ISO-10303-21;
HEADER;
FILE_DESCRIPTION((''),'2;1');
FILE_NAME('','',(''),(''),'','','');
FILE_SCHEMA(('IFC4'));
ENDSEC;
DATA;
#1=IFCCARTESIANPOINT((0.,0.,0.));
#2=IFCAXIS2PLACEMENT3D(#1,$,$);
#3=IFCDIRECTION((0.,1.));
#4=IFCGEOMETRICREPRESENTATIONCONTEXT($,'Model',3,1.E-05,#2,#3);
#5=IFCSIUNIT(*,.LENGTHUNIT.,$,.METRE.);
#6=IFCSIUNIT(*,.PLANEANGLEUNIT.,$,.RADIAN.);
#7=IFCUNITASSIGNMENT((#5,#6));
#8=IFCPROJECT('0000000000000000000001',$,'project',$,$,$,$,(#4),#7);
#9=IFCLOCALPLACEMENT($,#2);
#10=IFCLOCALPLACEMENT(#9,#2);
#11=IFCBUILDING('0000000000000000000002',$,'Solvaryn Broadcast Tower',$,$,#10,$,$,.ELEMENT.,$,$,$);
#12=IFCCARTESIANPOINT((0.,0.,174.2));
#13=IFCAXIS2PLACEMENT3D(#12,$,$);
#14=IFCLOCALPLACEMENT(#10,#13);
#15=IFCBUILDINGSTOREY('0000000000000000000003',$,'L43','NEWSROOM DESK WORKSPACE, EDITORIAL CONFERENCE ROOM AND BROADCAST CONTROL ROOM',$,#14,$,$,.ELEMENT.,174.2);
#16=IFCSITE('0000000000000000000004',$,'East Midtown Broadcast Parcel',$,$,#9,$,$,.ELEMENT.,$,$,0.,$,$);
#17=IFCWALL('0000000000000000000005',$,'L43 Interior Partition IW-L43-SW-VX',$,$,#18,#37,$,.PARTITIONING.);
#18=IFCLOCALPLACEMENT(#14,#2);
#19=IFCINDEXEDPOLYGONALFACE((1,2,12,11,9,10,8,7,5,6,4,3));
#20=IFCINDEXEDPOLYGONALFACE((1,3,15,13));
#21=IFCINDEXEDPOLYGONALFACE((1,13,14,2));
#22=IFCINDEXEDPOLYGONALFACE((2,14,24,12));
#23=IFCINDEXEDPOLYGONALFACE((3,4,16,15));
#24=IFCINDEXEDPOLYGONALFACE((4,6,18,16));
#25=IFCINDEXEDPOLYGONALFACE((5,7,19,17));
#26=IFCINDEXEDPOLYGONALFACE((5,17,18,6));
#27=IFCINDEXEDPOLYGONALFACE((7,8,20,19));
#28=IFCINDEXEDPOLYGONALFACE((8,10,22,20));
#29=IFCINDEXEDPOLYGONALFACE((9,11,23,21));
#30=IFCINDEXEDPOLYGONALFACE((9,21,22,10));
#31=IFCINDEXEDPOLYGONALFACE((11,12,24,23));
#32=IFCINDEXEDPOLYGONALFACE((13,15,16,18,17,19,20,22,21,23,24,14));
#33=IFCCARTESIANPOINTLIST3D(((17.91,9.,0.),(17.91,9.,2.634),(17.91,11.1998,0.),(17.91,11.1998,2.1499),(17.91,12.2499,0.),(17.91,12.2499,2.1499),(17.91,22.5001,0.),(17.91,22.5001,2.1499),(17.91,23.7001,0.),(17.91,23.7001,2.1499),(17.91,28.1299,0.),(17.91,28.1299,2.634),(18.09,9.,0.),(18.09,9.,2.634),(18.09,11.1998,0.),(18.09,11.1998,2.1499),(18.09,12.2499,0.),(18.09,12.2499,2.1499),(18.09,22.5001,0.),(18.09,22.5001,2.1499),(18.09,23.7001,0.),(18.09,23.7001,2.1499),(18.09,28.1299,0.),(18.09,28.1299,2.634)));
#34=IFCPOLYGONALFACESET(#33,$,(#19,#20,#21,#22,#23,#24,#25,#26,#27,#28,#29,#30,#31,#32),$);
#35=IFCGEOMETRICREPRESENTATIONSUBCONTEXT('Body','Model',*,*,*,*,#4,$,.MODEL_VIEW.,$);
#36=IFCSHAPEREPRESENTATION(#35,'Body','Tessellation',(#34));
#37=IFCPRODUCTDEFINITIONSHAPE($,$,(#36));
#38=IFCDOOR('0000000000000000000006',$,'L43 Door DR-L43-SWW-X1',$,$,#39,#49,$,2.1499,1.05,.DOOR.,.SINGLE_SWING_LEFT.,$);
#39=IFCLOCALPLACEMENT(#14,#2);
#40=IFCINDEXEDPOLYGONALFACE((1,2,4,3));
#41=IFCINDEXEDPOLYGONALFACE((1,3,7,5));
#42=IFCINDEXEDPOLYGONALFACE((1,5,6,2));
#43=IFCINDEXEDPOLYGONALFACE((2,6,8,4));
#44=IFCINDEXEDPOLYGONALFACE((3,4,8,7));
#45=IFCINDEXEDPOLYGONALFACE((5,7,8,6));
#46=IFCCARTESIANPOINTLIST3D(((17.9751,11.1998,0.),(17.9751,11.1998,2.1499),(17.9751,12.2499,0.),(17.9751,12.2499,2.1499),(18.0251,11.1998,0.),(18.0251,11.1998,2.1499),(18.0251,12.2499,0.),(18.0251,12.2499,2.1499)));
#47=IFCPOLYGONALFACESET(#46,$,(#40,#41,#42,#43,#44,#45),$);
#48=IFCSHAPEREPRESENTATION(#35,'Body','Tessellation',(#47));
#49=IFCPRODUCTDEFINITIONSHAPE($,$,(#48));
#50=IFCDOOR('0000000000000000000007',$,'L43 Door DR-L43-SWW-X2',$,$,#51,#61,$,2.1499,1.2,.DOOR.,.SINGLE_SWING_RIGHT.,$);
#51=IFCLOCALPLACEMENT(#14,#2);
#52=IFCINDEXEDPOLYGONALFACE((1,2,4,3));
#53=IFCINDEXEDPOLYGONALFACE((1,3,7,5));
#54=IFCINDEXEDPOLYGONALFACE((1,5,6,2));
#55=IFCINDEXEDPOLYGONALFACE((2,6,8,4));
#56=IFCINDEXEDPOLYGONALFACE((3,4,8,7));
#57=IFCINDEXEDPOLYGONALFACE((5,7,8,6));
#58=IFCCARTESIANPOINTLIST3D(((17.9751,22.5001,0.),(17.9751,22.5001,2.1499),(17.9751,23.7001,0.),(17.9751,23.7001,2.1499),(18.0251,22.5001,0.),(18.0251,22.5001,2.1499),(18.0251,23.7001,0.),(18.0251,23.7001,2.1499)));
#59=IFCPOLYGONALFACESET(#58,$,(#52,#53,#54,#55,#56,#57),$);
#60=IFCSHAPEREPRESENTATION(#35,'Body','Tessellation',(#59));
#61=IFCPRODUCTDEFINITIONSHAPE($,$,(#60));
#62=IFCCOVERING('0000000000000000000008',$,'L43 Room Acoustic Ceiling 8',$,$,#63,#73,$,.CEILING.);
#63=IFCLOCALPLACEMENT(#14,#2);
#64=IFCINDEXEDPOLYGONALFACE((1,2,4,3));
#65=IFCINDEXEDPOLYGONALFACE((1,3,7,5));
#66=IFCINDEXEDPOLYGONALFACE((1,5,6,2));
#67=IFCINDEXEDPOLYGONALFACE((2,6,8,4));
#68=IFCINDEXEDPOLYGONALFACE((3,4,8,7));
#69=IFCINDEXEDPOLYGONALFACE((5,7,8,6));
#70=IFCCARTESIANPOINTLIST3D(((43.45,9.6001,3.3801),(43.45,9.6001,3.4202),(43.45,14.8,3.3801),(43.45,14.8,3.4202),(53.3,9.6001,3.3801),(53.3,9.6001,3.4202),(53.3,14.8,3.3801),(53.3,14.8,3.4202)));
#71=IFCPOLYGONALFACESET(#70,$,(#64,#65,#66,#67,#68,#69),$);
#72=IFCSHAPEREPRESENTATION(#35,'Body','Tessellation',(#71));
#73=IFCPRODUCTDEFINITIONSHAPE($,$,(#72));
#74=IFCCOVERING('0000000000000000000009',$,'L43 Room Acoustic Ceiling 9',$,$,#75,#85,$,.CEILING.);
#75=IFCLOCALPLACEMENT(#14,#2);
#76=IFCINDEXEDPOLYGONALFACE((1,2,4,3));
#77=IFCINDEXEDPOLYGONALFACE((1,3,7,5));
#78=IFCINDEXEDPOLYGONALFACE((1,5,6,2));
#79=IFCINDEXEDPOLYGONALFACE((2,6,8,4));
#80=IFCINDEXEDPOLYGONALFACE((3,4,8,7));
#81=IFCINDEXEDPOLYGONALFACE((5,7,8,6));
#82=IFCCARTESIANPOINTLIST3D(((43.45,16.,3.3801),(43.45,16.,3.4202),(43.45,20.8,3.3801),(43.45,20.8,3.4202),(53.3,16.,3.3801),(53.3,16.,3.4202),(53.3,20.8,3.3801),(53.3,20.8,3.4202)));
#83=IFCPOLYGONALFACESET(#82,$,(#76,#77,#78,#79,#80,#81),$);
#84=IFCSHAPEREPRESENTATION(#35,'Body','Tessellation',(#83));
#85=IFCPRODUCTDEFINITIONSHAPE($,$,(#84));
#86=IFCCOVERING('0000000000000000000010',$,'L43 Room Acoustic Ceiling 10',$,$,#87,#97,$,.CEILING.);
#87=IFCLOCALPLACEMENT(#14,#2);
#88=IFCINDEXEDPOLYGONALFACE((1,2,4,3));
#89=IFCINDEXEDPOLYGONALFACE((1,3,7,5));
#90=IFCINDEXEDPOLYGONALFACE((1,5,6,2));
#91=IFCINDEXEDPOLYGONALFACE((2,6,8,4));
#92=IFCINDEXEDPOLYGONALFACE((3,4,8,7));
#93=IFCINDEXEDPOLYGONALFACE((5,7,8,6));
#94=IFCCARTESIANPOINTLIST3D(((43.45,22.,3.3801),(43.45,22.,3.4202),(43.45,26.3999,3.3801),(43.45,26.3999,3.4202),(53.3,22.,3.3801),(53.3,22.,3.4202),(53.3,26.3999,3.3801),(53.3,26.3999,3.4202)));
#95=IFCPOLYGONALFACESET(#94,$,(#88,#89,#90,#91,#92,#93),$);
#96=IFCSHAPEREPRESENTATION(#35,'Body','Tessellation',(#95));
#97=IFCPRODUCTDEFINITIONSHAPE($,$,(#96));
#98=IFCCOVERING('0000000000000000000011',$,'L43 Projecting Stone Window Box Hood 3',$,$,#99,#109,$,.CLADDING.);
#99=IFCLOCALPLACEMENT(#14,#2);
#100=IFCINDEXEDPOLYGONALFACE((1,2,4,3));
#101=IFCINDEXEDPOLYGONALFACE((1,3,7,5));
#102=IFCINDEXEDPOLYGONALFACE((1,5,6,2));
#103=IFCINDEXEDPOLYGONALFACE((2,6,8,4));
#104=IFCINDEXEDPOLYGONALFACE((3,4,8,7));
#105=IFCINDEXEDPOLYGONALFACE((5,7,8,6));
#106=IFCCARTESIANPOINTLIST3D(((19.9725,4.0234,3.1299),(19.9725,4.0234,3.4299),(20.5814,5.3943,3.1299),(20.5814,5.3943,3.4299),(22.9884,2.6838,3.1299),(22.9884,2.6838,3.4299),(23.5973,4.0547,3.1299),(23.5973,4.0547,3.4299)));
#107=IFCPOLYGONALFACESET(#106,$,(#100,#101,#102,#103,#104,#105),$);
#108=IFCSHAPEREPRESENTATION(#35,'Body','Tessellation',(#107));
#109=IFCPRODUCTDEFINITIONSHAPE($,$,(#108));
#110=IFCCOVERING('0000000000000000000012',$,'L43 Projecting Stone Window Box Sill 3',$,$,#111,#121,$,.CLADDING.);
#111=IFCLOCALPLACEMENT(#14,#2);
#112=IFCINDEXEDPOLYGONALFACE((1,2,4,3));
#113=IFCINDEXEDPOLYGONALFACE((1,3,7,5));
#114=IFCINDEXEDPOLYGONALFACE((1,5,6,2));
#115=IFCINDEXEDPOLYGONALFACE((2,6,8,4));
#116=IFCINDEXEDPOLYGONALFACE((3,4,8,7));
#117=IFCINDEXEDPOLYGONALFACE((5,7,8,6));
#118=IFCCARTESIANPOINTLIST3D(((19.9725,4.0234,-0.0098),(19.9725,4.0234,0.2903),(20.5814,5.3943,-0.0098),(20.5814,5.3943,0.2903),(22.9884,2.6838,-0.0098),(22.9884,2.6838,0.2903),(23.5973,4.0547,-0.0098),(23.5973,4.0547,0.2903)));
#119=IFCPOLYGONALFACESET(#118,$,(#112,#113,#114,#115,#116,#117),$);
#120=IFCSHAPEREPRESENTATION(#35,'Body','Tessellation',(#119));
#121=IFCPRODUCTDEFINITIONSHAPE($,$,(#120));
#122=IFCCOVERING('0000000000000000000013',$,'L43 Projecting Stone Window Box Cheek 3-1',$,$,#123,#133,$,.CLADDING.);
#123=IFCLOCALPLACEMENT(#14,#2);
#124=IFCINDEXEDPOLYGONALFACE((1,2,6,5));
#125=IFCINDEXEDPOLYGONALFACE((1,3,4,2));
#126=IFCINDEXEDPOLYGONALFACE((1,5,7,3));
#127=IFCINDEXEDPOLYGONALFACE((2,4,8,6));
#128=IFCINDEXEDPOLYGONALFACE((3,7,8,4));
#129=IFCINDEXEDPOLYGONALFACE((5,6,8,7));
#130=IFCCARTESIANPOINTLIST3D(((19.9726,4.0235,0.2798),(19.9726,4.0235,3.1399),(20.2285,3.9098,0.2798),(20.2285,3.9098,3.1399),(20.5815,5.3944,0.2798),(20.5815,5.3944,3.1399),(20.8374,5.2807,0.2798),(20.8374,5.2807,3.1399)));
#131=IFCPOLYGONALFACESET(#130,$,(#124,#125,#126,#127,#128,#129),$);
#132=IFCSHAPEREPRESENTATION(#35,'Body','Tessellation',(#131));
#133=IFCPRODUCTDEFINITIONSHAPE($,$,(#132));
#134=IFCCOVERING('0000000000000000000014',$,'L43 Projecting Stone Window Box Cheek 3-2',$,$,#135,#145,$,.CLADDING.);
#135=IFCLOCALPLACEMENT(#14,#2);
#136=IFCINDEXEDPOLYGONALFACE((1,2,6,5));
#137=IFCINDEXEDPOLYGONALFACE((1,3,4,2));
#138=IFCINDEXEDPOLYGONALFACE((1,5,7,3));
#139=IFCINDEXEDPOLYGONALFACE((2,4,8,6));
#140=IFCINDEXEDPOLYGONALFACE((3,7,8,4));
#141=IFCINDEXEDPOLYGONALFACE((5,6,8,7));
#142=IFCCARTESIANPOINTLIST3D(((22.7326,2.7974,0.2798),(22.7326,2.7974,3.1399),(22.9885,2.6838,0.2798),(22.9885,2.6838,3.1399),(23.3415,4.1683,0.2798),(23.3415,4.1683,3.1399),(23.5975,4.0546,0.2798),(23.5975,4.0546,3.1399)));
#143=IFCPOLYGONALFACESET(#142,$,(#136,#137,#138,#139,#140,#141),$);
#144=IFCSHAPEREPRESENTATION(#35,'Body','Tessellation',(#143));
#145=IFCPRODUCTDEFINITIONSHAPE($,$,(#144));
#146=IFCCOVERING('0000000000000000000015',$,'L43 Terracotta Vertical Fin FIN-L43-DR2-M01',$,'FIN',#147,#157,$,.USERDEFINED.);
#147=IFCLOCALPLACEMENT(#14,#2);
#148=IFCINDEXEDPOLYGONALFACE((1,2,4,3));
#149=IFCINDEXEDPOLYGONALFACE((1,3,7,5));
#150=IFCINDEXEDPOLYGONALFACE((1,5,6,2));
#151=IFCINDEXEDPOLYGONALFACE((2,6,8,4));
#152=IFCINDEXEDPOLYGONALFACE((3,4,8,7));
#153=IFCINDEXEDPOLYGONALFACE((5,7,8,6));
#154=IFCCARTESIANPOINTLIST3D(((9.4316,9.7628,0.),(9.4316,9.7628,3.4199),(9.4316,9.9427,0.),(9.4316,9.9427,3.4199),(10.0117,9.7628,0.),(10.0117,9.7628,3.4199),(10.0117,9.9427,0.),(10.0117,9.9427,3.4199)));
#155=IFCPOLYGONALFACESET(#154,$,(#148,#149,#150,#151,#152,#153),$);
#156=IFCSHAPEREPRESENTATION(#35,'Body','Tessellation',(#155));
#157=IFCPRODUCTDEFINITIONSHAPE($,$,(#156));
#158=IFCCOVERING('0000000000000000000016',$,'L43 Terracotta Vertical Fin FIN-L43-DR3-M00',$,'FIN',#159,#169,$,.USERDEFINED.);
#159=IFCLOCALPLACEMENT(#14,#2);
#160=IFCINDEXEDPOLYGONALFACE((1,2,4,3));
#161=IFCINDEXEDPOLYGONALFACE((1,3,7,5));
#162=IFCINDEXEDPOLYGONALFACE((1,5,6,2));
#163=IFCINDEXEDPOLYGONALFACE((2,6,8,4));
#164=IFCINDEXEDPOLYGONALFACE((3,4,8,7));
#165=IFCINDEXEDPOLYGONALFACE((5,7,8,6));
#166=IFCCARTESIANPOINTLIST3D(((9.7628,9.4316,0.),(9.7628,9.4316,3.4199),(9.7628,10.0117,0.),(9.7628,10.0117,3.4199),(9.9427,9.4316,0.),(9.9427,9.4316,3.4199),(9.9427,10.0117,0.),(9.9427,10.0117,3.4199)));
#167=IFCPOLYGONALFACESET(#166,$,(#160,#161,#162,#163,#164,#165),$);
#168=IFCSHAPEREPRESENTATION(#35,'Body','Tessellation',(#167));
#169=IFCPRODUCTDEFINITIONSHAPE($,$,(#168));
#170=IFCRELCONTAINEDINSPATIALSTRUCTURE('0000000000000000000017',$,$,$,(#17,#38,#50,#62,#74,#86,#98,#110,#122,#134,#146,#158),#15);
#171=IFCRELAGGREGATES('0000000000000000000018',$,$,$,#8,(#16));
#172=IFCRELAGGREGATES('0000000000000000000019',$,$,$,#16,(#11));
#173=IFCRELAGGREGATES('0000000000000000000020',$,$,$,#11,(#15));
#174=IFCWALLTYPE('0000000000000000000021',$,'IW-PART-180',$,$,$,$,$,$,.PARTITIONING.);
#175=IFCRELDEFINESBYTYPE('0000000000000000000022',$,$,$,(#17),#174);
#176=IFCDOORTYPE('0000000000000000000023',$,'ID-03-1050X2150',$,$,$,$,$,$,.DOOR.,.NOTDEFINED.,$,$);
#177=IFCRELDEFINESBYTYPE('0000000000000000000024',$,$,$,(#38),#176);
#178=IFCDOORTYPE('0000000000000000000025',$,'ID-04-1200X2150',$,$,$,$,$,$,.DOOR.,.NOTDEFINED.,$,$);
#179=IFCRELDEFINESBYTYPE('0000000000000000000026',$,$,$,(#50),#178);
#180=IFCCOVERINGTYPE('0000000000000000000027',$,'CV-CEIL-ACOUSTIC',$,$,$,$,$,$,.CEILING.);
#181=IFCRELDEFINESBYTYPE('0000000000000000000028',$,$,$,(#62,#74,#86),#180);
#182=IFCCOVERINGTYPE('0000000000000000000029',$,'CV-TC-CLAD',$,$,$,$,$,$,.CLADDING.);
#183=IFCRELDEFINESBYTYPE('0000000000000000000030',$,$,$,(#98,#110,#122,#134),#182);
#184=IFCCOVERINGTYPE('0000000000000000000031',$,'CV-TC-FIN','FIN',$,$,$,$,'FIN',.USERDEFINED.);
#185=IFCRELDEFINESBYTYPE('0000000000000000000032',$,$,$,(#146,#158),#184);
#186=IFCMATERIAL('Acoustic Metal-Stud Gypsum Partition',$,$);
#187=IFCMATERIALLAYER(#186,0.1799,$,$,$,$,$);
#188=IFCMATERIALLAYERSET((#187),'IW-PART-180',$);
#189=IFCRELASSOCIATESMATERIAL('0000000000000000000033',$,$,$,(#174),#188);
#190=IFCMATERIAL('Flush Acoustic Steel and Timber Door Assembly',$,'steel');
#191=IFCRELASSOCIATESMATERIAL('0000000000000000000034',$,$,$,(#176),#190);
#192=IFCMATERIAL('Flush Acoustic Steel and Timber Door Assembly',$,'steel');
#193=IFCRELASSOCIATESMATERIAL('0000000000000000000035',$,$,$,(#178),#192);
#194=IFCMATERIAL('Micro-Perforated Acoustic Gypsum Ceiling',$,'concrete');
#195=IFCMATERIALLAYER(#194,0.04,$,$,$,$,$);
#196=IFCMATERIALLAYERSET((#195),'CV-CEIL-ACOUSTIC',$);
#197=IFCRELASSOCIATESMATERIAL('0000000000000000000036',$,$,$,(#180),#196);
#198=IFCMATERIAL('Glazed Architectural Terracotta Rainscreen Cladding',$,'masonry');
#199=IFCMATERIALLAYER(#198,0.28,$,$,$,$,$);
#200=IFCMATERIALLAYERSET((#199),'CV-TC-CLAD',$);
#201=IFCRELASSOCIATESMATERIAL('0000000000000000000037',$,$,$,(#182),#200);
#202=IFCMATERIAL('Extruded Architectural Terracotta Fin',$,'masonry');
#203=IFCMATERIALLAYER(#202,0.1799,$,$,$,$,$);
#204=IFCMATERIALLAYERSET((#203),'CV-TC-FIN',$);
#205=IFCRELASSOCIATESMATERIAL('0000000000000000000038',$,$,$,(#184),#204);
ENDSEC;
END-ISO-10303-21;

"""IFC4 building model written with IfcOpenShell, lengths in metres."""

from ifc_helpers import new_model, si_unit, direction, frame, frame_2d, origin, origin_2d, place, context, subcontext, project, spatial, polyline, rectangle, outline, extrude, material, layer, layer_set, type_object, element, fill, save


model = new_model("IFC4")

# Units and contexts
model_context = context("Model", 3, precision=1e-05, world=origin(), true_north=direction((0.0, 1.0)))
body_context = subcontext(model_context, "Body", "Model", "MODEL_VIEW")
ifc_project = project(units=[si_unit("LENGTHUNIT", "METRE"), si_unit("PLANEANGLEUNIT", "RADIAN")], contexts=[model_context])

# Site, building, storey
site_placement = place(None, origin())
site = spatial("IfcSite", under=ifc_project, at=site_placement, Name="East Midtown Broadcast Parcel", CompositionType="ELEMENT", RefElevation=0.0)
building_placement = place(site_placement, origin())
building = spatial("IfcBuilding", under=site, at=building_placement, Name="Solvaryn Broadcast Tower", CompositionType="ELEMENT")
storey_placement = place(building_placement, frame((0.0, 0.0, 174.2)))
storey = spatial("IfcBuildingStorey", under=building, at=storey_placement, Name="L43", Description="NEWSROOM DESK WORKSPACE, EDITORIAL CONFERENCE ROOM AND BROADCAST CONTROL ROOM", CompositionType="ELEMENT", Elevation=174.2)

# Wall, openings, doors
ifc_material_1 = material(Name="Acoustic Metal-Stud Gypsum Partition")
ifc_layer_1 = layer(ifc_material_1, 0.1799)
ifc_layer_set_1 = layer_set([ifc_layer_1], Name="IW-PART-180")
wall_type = type_object("IfcWallType", Name="IW-PART-180", PredefinedType="PARTITIONING", material=ifc_layer_set_1)
wall_placement = place(storey_placement, frame((18.0, 9.0, 0.0), z_axis=(0.0, 0.0, 1.0), x_axis=(0.0, 1.0, 0.0)))
wall = element("IfcWall", 1, at=wall_placement, inside=storey, type_object=wall_type, Name="L43 Interior Partition IW-L43-SW-VX", PredefinedType="PARTITIONING", context=body_context, shape_type="SweptSolid", body=[
    extrude(rectangle(XDim=19.1299, YDim=0.1799, at=frame_2d((9.5649, 0.0))), origin(), (0.0, 0.0, 1.0), 2.634),
])
opening_1_placement = place(wall_placement, frame((2.2, 0.0, 0.0)))
opening_1 = element("IfcOpeningElement", 2, at=opening_1_placement, cuts=wall, PredefinedType="OPENING", context=body_context, shape_type="SweptSolid", body=[
    extrude(rectangle(XDim=1.05, YDim=2.1499, at=frame_2d((0.5249, 1.075))), frame((0.0, 0.0999, 0.0), z_axis=(0.0, -1.0, 0.0), x_axis=(1.0, 0.0, 0.0)), (0.0, 0.0, 1.0), 0.2),
])
opening_2_placement = place(wall_placement, frame((13.5, 0.0, 0.0)))
opening_2 = element("IfcOpeningElement", 3, at=opening_2_placement, cuts=wall, PredefinedType="OPENING", context=body_context, shape_type="SweptSolid", body=[
    extrude(rectangle(XDim=1.2, YDim=2.1499, at=frame_2d((0.6001, 1.075))), frame((0.0, 0.0999, 0.0), z_axis=(0.0, -1.0, 0.0), x_axis=(1.0, 0.0, 0.0)), (0.0, 0.0, 1.0), 0.2),
])
ifc_material_2 = material(Name="Flush Acoustic Steel and Timber Door Assembly", Category="steel")
door_type_1 = type_object("IfcDoorType", Name="ID-03-1050X2150", OperationType="NOTDEFINED", PredefinedType="DOOR", material=ifc_material_2)
door_1_placement = place(opening_1_placement, origin())
door_1 = element("IfcDoor", 4, at=door_1_placement, inside=storey, type_object=door_type_1, Name="L43 Door DR-L43-SWW-X1", OperationType="SINGLE_SWING_LEFT", OverallHeight=2.1499, OverallWidth=1.05, PredefinedType="DOOR", context=body_context, shape_type="SweptSolid", body=[
    extrude(rectangle(XDim=1.05, YDim=2.1499, at=frame_2d((0.5249, 1.075))), frame((0.0, 0.0249, 0.0), z_axis=(0.0, -1.0, 0.0), x_axis=(1.0, 0.0, 0.0)), (0.0, 0.0, 1.0), 0.05),
])
fill(opening_1, door_1)
ifc_material_3 = material(Name="Flush Acoustic Steel and Timber Door Assembly", Category="steel")
door_type_2 = type_object("IfcDoorType", Name="ID-04-1200X2150", OperationType="NOTDEFINED", PredefinedType="DOOR", material=ifc_material_3)
door_2_placement = place(opening_2_placement, origin())
door_2 = element("IfcDoor", 5, at=door_2_placement, inside=storey, type_object=door_type_2, Name="L43 Door DR-L43-SWW-X2", OperationType="SINGLE_SWING_RIGHT", OverallHeight=2.1499, OverallWidth=1.2, PredefinedType="DOOR", context=body_context, shape_type="SweptSolid", body=[
    extrude(rectangle(XDim=1.2, YDim=2.1499, at=frame_2d((0.6001, 1.075))), frame((0.0, 0.0249, 0.0), z_axis=(0.0, -1.0, 0.0), x_axis=(1.0, 0.0, 0.0)), (0.0, 0.0, 1.0), 0.05),
])
fill(opening_2, door_2)

# Coverings
ifc_material_4 = material(Name="Micro-Perforated Acoustic Gypsum Ceiling", Category="concrete")
ifc_layer_2 = layer(ifc_material_4, 0.04)
ifc_layer_set_2 = layer_set([ifc_layer_2], Name="CV-CEIL-ACOUSTIC")
covering_type_1 = type_object("IfcCoveringType", Name="CV-CEIL-ACOUSTIC", PredefinedType="CEILING", material=ifc_layer_set_2)
covering_1_placement = place(storey_placement, frame((0.0, 0.0, 3.3801)))
element("IfcCovering", 6, at=covering_1_placement, inside=storey, type_object=covering_type_1, Name="L43 Room Acoustic Ceiling 8", PredefinedType="CEILING", context=body_context, shape_type="SweptSolid", body=[
    extrude(outline(polyline([(43.45, 9.6001), (53.3, 9.6001), (53.3, 14.8), (43.45, 14.8), (43.45, 9.6001)])), origin(), (0.0, 0.0, 1.0), 0.04),
])
covering_2_placement = place(storey_placement, frame((0.0, 0.0, 3.3801)))
element("IfcCovering", 7, at=covering_2_placement, inside=storey, type_object=covering_type_1, Name="L43 Room Acoustic Ceiling 9", PredefinedType="CEILING", context=body_context, shape_type="SweptSolid", body=[
    extrude(outline(polyline([(43.45, 16.0), (53.3, 16.0), (53.3, 20.8), (43.45, 20.8), (43.45, 16.0)])), origin(), (0.0, 0.0, 1.0), 0.04),
])
covering_3_placement = place(storey_placement, frame((0.0, 0.0, 3.3801)))
element("IfcCovering", 8, at=covering_3_placement, inside=storey, type_object=covering_type_1, Name="L43 Room Acoustic Ceiling 10", PredefinedType="CEILING", context=body_context, shape_type="SweptSolid", body=[
    extrude(outline(polyline([(43.45, 22.0), (53.3, 22.0), (53.3, 26.3999), (43.45, 26.3999), (43.45, 22.0)])), origin(), (0.0, 0.0, 1.0), 0.04),
])
ifc_material_5 = material(Name="Glazed Architectural Terracotta Rainscreen Cladding", Category="masonry")
ifc_layer_3 = layer(ifc_material_5, 0.28)
ifc_layer_set_3 = layer_set([ifc_layer_3], Name="CV-TC-CLAD")
covering_type_2 = type_object("IfcCoveringType", Name="CV-TC-CLAD", PredefinedType="CLADDING", material=ifc_layer_set_3)
for number, where, z_axis, x_axis, name in (
    (9, (21.7849, 4.0391, 3.1299), (0.0, 0.0, 1.0), (0.9139, -0.405939, 0.0), "L43 Projecting Stone Window Box Hood 3"),
    (10, (21.7849, 4.0391, -0.0098), (0.0, 0.0, 1.0), (0.9139, -0.405939, 0.0), "L43 Projecting Stone Window Box Sill 3"),
):
    element("IfcCovering", number, at=place(storey_placement, frame(where, z_axis=z_axis, x_axis=x_axis)), inside=storey, type_object=covering_type_2, Name=name, PredefinedType="CLADDING", context=body_context, shape_type="SweptSolid", body=[
        extrude(rectangle(XDim=3.3, YDim=1.5, at=origin_2d()), origin(), (0.0, 0.0, 1.0), 0.3),
    ])
for number, where, z_axis, x_axis, name in (
    (11, (20.405, 4.6521, 0.2798), (0.0, 0.0, 1.0), (0.9139, -0.405939, 0.0), "L43 Projecting Stone Window Box Cheek 3-1"),
    (12, (23.165, 3.426, 0.2798), (0.0, 0.0, 1.0), (0.9139, -0.405939, 0.0), "L43 Projecting Stone Window Box Cheek 3-2"),
):
    element("IfcCovering", number, at=place(storey_placement, frame(where, z_axis=z_axis, x_axis=x_axis)), inside=storey, type_object=covering_type_2, Name=name, PredefinedType="CLADDING", context=body_context, shape_type="SweptSolid", body=[
        extrude(rectangle(XDim=0.28, YDim=1.5, at=origin_2d()), origin(), (0.0, 0.0, 1.0), 2.8601),
    ])
ifc_material_6 = material(Name="Extruded Architectural Terracotta Fin", Category="masonry")
ifc_layer_4 = layer(ifc_material_6, 0.1799)
ifc_layer_set_4 = layer_set([ifc_layer_4], Name="CV-TC-FIN")
covering_type_3 = type_object("IfcCoveringType", Name="CV-TC-FIN", Description="FIN", ElementType="FIN", PredefinedType="USERDEFINED", material=ifc_layer_set_4)
covering_4_placement = place(storey_placement, frame((9.7217, 9.8528, 0.0), z_axis=(0.0, 0.0, 1.0), x_axis=(1.0, 0.0, 0.0)))
element("IfcCovering", 13, at=covering_4_placement, inside=storey, type_object=covering_type_3, Name="L43 Terracotta Vertical Fin FIN-L43-DR2-M01", ObjectType="FIN", PredefinedType="USERDEFINED", context=body_context, shape_type="SweptSolid", body=[
    extrude(rectangle(XDim=0.5801, YDim=0.1799, at=origin_2d()), origin(), (0.0, 0.0, 1.0), 3.4199),
])
covering_5_placement = place(storey_placement, frame((9.8528, 9.7217, 0.0), z_axis=(0.0, 0.0, 1.0), x_axis=(1.0, 0.0, 0.0)))
element("IfcCovering", 14, at=covering_5_placement, inside=storey, type_object=covering_type_3, Name="L43 Terracotta Vertical Fin FIN-L43-DR3-M00", ObjectType="FIN", PredefinedType="USERDEFINED", context=body_context, shape_type="SweptSolid", body=[
    extrude(rectangle(XDim=0.1799, YDim=0.5801, at=origin_2d()), origin(), (0.0, 0.0, 1.0), 3.4199),
])

save(model, "model.ifc")
